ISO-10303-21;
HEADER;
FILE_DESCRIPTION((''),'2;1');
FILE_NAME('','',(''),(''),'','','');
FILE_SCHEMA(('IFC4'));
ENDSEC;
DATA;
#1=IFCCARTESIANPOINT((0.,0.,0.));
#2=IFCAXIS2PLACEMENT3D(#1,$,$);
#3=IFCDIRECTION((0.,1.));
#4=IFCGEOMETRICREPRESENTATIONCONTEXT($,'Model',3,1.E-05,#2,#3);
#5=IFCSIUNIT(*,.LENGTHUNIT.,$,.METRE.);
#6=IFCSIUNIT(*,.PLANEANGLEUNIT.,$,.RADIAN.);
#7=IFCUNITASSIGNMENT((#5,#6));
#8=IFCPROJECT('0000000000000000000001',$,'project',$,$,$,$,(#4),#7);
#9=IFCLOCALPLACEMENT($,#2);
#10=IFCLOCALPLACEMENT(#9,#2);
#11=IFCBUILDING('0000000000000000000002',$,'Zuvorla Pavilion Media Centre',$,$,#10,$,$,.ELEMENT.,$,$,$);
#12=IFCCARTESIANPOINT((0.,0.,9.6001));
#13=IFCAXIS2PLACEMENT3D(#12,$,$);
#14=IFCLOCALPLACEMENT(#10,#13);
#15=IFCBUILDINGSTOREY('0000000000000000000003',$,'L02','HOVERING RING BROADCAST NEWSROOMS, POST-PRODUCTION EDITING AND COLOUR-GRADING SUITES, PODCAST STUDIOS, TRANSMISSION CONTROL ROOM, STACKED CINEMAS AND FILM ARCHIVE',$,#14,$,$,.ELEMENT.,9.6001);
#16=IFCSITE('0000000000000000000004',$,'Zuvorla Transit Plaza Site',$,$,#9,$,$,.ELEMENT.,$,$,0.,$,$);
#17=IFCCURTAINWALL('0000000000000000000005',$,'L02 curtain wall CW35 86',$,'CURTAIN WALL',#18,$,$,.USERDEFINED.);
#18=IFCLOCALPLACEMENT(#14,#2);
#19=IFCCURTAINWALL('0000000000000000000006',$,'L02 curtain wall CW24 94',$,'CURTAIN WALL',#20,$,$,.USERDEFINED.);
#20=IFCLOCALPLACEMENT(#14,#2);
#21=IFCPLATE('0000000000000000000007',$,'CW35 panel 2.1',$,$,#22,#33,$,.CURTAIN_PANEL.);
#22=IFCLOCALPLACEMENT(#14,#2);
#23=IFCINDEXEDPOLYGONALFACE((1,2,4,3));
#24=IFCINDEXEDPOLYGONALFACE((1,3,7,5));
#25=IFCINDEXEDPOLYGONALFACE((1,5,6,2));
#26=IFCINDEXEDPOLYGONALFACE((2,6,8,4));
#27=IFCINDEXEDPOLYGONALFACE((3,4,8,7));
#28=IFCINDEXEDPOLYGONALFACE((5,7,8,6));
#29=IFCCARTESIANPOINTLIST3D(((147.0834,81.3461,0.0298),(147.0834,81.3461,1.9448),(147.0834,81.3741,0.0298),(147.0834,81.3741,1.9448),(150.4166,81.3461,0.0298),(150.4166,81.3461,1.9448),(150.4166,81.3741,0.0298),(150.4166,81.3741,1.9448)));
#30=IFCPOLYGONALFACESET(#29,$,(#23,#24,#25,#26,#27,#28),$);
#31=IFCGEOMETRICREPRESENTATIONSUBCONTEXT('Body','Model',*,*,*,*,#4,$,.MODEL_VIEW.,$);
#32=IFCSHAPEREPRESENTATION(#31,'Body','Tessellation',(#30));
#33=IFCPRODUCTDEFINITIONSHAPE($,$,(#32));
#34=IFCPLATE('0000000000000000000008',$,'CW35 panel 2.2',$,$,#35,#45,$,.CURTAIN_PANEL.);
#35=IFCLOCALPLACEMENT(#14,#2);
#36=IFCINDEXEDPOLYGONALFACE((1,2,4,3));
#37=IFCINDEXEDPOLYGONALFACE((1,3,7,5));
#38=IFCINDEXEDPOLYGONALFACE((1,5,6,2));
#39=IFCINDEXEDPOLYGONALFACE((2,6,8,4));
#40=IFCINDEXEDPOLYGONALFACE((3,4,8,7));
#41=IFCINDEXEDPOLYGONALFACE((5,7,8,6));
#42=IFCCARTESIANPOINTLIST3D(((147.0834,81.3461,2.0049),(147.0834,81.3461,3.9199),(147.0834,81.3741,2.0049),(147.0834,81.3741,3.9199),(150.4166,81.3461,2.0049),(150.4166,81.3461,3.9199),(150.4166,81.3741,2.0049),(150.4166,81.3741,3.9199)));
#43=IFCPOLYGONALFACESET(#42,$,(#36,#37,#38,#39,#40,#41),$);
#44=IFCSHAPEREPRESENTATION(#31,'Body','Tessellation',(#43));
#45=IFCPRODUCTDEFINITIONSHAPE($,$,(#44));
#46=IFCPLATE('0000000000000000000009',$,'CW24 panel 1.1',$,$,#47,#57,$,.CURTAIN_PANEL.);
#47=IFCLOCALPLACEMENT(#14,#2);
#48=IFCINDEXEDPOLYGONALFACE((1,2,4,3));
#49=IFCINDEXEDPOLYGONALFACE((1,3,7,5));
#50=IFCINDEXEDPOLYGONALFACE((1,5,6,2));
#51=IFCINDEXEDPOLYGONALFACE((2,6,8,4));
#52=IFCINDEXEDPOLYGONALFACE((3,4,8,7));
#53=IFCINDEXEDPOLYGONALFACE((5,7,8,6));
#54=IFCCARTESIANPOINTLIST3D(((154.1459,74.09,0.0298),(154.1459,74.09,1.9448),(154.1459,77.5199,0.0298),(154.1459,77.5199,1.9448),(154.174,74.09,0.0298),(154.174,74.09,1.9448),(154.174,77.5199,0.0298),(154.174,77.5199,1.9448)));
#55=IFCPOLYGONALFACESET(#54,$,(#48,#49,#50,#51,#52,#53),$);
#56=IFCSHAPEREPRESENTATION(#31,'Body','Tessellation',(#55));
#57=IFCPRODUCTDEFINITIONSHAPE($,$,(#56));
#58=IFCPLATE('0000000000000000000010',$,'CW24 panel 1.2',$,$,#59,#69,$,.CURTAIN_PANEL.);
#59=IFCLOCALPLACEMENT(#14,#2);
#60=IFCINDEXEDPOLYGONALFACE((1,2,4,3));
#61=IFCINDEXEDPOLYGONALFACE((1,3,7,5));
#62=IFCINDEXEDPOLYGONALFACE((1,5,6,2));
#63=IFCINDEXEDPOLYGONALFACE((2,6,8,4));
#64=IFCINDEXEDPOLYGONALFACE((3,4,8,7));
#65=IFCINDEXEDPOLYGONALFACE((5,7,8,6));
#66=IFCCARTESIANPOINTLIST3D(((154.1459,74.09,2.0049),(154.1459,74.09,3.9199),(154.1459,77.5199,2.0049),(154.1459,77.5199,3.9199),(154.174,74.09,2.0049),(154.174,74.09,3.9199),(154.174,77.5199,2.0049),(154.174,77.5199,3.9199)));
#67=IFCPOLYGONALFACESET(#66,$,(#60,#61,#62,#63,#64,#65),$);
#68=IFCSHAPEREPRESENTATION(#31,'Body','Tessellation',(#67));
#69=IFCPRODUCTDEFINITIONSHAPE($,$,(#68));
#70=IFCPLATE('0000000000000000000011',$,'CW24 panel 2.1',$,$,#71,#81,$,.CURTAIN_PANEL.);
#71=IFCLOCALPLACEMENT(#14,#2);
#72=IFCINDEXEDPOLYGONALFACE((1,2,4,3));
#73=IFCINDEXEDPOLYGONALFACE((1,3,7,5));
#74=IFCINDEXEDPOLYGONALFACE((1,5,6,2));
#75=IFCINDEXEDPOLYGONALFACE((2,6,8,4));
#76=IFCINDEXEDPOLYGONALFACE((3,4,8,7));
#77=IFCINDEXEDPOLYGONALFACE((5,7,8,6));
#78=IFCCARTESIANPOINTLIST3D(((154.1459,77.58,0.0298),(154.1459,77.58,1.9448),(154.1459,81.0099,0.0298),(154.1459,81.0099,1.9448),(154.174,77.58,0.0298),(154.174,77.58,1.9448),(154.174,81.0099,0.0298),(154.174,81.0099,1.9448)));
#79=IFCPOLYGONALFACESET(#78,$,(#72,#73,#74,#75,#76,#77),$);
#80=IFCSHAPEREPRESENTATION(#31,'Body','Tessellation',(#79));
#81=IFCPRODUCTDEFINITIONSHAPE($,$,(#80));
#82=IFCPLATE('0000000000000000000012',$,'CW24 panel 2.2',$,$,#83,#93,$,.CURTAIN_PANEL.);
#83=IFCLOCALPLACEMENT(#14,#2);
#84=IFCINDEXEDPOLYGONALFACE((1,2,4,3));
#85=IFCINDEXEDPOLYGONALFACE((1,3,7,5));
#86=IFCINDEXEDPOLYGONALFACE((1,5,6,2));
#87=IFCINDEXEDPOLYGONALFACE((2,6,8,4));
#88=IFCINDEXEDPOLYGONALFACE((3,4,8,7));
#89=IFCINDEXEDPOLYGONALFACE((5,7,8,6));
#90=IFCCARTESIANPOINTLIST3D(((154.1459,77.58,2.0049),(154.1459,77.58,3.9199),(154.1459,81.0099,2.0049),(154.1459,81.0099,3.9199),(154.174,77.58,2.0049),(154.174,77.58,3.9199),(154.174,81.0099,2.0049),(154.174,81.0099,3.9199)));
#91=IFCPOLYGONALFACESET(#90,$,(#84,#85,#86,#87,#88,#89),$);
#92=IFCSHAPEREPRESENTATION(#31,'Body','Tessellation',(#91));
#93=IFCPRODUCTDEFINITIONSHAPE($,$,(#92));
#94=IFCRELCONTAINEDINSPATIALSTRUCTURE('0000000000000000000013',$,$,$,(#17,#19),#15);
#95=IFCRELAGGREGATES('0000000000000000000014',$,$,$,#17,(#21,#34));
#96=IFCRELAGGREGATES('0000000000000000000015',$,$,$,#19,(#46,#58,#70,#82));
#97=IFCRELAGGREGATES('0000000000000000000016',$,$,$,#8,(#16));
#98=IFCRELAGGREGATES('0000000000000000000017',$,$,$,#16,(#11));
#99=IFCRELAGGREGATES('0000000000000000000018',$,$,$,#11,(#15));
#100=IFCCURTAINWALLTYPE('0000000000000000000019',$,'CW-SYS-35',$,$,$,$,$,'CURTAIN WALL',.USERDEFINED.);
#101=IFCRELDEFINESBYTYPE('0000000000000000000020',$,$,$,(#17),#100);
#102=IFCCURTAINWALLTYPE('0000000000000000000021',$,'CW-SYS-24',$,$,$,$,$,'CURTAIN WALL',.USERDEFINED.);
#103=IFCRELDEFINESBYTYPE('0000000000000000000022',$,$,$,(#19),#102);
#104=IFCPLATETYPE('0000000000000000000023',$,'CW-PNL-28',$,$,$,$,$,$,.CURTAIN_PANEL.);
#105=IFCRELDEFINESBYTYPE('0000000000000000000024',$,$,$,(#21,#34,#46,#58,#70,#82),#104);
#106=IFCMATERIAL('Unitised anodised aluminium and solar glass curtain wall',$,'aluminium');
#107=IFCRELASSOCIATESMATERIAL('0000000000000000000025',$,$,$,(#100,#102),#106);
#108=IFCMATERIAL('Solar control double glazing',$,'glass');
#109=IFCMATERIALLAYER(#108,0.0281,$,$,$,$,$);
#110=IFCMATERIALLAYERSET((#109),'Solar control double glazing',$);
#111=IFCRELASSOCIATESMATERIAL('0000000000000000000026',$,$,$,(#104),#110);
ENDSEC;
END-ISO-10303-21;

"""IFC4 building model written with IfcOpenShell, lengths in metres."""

from ifc_helpers import new_model, si_unit, direction, frame, origin, origin_2d, place, context, subcontext, project, spatial, rectangle, extrude, material, layer, layer_set, type_object, element, aggregate, save


model = new_model("IFC4")

# Units and contexts
model_context = context("Model", 3, precision=1e-05, world=origin(), true_north=direction((0.0, 1.0)))
body_context = subcontext(model_context, "Body", "Model", "MODEL_VIEW")
ifc_project = project(units=[si_unit("LENGTHUNIT", "METRE"), si_unit("PLANEANGLEUNIT", "RADIAN")], contexts=[model_context])

# Site, building, storey
site_placement = place(None, origin())
site = spatial("IfcSite", under=ifc_project, at=site_placement, Name="Zuvorla Transit Plaza Site", CompositionType="ELEMENT", RefElevation=0.0)
building_placement = place(site_placement, origin())
building = spatial("IfcBuilding", under=site, at=building_placement, Name="Zuvorla Pavilion Media Centre", CompositionType="ELEMENT")
storey_placement = place(building_placement, frame((0.0, 0.0, 9.6001)))
storey = spatial("IfcBuildingStorey", under=building, at=storey_placement, Name="L02", Description="HOVERING RING BROADCAST NEWSROOMS, POST-PRODUCTION EDITING AND COLOUR-GRADING SUITES, PODCAST STUDIOS, TRANSMISSION CONTROL ROOM, STACKED CINEMAS AND FILM ARCHIVE", CompositionType="ELEMENT", Elevation=9.6001)

# Curtain walls
ifc_material_1 = material(Name="Unitised anodised aluminium and solar glass curtain wall", Category="aluminium")
curtain_wall_type_1 = type_object("IfcCurtainWallType", Name="CW-SYS-35", ElementType="CURTAIN WALL", PredefinedType="USERDEFINED", material=ifc_material_1)
curtain_wall_1_placement = place(storey_placement, origin())
curtain_wall_1 = element("IfcCurtainWall", 1, at=curtain_wall_1_placement, inside=storey, type_object=curtain_wall_type_1, Name="L02 curtain wall CW35 86", ObjectType="CURTAIN WALL", PredefinedType="USERDEFINED")
curtain_wall_type_2 = type_object("IfcCurtainWallType", Name="CW-SYS-24", ElementType="CURTAIN WALL", PredefinedType="USERDEFINED", material=ifc_material_1)
curtain_wall_2_placement = place(storey_placement, origin())
curtain_wall_2 = element("IfcCurtainWall", 2, at=curtain_wall_2_placement, inside=storey, type_object=curtain_wall_type_2, Name="L02 curtain wall CW24 94", ObjectType="CURTAIN WALL", PredefinedType="USERDEFINED")

# Plates
ifc_material_2 = material(Name="Solar control double glazing", Category="glass")
ifc_layer = layer(ifc_material_2, 0.0281)
ifc_layer_set = layer_set([ifc_layer], Name="Solar control double glazing")
plate_type = type_object("IfcPlateType", Name="CW-PNL-28", PredefinedType="CURTAIN_PANEL", material=ifc_layer_set)
plate_1_placement = place(storey_placement, frame((148.75, 81.3601, 0.0298), z_axis=(0.0, 0.0, 1.0), x_axis=(-1.0, 0.0, 0.0)))
plate_1 = element("IfcPlate", 3, at=plate_1_placement, type_object=plate_type, Name="CW35 panel 2.1", PredefinedType="CURTAIN_PANEL", context=body_context, shape_type="SweptSolid", body=[
    extrude(rectangle(XDim=3.3333, YDim=0.0281, at=origin_2d()), origin(), (0.0, 0.0, 1.0), 1.915),
])
plate_2_placement = place(storey_placement, frame((148.75, 81.3601, 2.0049), z_axis=(0.0, 0.0, 1.0), x_axis=(-1.0, 0.0, 0.0)))
plate_2 = element("IfcPlate", 4, at=plate_2_placement, type_object=plate_type, Name="CW35 panel 2.2", PredefinedType="CURTAIN_PANEL", context=body_context, shape_type="SweptSolid", body=[
    extrude(rectangle(XDim=3.3333, YDim=0.0281, at=origin_2d()), origin(), (0.0, 0.0, 1.0), 1.915),
])
aggregate(curtain_wall_1, [plate_1, plate_2])
plate_3_placement = place(storey_placement, frame((154.1599, 75.8049, 0.0298), z_axis=(0.0, 0.0, 1.0), x_axis=(0.0, 1.0, 0.0)))
plate_3 = element("IfcPlate", 5, at=plate_3_placement, type_object=plate_type, Name="CW24 panel 1.1", PredefinedType="CURTAIN_PANEL", context=body_context, shape_type="SweptSolid", body=[
    extrude(rectangle(XDim=3.4299, YDim=0.0281, at=origin_2d()), origin(), (0.0, 0.0, 1.0), 1.915),
])
plate_4_placement = place(storey_placement, frame((154.1599, 75.8049, 2.0049), z_axis=(0.0, 0.0, 1.0), x_axis=(0.0, 1.0, 0.0)))
plate_4 = element("IfcPlate", 6, at=plate_4_placement, type_object=plate_type, Name="CW24 panel 1.2", PredefinedType="CURTAIN_PANEL", context=body_context, shape_type="SweptSolid", body=[
    extrude(rectangle(XDim=3.4299, YDim=0.0281, at=origin_2d()), origin(), (0.0, 0.0, 1.0), 1.915),
])
plate_5_placement = place(storey_placement, frame((154.1599, 79.2949, 0.0298), z_axis=(0.0, 0.0, 1.0), x_axis=(0.0, 1.0, 0.0)))
plate_5 = element("IfcPlate", 7, at=plate_5_placement, type_object=plate_type, Name="CW24 panel 2.1", PredefinedType="CURTAIN_PANEL", context=body_context, shape_type="SweptSolid", body=[
    extrude(rectangle(XDim=3.4299, YDim=0.0281, at=origin_2d()), origin(), (0.0, 0.0, 1.0), 1.915),
])
plate_6_placement = place(storey_placement, frame((154.1599, 79.2949, 2.0049), z_axis=(0.0, 0.0, 1.0), x_axis=(0.0, 1.0, 0.0)))
plate_6 = element("IfcPlate", 8, at=plate_6_placement, type_object=plate_type, Name="CW24 panel 2.2", PredefinedType="CURTAIN_PANEL", context=body_context, shape_type="SweptSolid", body=[
    extrude(rectangle(XDim=3.4299, YDim=0.0281, at=origin_2d()), origin(), (0.0, 0.0, 1.0), 1.915),
])
aggregate(curtain_wall_2, [plate_3, plate_4, plate_5, plate_6])

save(model, "model.ifc")
